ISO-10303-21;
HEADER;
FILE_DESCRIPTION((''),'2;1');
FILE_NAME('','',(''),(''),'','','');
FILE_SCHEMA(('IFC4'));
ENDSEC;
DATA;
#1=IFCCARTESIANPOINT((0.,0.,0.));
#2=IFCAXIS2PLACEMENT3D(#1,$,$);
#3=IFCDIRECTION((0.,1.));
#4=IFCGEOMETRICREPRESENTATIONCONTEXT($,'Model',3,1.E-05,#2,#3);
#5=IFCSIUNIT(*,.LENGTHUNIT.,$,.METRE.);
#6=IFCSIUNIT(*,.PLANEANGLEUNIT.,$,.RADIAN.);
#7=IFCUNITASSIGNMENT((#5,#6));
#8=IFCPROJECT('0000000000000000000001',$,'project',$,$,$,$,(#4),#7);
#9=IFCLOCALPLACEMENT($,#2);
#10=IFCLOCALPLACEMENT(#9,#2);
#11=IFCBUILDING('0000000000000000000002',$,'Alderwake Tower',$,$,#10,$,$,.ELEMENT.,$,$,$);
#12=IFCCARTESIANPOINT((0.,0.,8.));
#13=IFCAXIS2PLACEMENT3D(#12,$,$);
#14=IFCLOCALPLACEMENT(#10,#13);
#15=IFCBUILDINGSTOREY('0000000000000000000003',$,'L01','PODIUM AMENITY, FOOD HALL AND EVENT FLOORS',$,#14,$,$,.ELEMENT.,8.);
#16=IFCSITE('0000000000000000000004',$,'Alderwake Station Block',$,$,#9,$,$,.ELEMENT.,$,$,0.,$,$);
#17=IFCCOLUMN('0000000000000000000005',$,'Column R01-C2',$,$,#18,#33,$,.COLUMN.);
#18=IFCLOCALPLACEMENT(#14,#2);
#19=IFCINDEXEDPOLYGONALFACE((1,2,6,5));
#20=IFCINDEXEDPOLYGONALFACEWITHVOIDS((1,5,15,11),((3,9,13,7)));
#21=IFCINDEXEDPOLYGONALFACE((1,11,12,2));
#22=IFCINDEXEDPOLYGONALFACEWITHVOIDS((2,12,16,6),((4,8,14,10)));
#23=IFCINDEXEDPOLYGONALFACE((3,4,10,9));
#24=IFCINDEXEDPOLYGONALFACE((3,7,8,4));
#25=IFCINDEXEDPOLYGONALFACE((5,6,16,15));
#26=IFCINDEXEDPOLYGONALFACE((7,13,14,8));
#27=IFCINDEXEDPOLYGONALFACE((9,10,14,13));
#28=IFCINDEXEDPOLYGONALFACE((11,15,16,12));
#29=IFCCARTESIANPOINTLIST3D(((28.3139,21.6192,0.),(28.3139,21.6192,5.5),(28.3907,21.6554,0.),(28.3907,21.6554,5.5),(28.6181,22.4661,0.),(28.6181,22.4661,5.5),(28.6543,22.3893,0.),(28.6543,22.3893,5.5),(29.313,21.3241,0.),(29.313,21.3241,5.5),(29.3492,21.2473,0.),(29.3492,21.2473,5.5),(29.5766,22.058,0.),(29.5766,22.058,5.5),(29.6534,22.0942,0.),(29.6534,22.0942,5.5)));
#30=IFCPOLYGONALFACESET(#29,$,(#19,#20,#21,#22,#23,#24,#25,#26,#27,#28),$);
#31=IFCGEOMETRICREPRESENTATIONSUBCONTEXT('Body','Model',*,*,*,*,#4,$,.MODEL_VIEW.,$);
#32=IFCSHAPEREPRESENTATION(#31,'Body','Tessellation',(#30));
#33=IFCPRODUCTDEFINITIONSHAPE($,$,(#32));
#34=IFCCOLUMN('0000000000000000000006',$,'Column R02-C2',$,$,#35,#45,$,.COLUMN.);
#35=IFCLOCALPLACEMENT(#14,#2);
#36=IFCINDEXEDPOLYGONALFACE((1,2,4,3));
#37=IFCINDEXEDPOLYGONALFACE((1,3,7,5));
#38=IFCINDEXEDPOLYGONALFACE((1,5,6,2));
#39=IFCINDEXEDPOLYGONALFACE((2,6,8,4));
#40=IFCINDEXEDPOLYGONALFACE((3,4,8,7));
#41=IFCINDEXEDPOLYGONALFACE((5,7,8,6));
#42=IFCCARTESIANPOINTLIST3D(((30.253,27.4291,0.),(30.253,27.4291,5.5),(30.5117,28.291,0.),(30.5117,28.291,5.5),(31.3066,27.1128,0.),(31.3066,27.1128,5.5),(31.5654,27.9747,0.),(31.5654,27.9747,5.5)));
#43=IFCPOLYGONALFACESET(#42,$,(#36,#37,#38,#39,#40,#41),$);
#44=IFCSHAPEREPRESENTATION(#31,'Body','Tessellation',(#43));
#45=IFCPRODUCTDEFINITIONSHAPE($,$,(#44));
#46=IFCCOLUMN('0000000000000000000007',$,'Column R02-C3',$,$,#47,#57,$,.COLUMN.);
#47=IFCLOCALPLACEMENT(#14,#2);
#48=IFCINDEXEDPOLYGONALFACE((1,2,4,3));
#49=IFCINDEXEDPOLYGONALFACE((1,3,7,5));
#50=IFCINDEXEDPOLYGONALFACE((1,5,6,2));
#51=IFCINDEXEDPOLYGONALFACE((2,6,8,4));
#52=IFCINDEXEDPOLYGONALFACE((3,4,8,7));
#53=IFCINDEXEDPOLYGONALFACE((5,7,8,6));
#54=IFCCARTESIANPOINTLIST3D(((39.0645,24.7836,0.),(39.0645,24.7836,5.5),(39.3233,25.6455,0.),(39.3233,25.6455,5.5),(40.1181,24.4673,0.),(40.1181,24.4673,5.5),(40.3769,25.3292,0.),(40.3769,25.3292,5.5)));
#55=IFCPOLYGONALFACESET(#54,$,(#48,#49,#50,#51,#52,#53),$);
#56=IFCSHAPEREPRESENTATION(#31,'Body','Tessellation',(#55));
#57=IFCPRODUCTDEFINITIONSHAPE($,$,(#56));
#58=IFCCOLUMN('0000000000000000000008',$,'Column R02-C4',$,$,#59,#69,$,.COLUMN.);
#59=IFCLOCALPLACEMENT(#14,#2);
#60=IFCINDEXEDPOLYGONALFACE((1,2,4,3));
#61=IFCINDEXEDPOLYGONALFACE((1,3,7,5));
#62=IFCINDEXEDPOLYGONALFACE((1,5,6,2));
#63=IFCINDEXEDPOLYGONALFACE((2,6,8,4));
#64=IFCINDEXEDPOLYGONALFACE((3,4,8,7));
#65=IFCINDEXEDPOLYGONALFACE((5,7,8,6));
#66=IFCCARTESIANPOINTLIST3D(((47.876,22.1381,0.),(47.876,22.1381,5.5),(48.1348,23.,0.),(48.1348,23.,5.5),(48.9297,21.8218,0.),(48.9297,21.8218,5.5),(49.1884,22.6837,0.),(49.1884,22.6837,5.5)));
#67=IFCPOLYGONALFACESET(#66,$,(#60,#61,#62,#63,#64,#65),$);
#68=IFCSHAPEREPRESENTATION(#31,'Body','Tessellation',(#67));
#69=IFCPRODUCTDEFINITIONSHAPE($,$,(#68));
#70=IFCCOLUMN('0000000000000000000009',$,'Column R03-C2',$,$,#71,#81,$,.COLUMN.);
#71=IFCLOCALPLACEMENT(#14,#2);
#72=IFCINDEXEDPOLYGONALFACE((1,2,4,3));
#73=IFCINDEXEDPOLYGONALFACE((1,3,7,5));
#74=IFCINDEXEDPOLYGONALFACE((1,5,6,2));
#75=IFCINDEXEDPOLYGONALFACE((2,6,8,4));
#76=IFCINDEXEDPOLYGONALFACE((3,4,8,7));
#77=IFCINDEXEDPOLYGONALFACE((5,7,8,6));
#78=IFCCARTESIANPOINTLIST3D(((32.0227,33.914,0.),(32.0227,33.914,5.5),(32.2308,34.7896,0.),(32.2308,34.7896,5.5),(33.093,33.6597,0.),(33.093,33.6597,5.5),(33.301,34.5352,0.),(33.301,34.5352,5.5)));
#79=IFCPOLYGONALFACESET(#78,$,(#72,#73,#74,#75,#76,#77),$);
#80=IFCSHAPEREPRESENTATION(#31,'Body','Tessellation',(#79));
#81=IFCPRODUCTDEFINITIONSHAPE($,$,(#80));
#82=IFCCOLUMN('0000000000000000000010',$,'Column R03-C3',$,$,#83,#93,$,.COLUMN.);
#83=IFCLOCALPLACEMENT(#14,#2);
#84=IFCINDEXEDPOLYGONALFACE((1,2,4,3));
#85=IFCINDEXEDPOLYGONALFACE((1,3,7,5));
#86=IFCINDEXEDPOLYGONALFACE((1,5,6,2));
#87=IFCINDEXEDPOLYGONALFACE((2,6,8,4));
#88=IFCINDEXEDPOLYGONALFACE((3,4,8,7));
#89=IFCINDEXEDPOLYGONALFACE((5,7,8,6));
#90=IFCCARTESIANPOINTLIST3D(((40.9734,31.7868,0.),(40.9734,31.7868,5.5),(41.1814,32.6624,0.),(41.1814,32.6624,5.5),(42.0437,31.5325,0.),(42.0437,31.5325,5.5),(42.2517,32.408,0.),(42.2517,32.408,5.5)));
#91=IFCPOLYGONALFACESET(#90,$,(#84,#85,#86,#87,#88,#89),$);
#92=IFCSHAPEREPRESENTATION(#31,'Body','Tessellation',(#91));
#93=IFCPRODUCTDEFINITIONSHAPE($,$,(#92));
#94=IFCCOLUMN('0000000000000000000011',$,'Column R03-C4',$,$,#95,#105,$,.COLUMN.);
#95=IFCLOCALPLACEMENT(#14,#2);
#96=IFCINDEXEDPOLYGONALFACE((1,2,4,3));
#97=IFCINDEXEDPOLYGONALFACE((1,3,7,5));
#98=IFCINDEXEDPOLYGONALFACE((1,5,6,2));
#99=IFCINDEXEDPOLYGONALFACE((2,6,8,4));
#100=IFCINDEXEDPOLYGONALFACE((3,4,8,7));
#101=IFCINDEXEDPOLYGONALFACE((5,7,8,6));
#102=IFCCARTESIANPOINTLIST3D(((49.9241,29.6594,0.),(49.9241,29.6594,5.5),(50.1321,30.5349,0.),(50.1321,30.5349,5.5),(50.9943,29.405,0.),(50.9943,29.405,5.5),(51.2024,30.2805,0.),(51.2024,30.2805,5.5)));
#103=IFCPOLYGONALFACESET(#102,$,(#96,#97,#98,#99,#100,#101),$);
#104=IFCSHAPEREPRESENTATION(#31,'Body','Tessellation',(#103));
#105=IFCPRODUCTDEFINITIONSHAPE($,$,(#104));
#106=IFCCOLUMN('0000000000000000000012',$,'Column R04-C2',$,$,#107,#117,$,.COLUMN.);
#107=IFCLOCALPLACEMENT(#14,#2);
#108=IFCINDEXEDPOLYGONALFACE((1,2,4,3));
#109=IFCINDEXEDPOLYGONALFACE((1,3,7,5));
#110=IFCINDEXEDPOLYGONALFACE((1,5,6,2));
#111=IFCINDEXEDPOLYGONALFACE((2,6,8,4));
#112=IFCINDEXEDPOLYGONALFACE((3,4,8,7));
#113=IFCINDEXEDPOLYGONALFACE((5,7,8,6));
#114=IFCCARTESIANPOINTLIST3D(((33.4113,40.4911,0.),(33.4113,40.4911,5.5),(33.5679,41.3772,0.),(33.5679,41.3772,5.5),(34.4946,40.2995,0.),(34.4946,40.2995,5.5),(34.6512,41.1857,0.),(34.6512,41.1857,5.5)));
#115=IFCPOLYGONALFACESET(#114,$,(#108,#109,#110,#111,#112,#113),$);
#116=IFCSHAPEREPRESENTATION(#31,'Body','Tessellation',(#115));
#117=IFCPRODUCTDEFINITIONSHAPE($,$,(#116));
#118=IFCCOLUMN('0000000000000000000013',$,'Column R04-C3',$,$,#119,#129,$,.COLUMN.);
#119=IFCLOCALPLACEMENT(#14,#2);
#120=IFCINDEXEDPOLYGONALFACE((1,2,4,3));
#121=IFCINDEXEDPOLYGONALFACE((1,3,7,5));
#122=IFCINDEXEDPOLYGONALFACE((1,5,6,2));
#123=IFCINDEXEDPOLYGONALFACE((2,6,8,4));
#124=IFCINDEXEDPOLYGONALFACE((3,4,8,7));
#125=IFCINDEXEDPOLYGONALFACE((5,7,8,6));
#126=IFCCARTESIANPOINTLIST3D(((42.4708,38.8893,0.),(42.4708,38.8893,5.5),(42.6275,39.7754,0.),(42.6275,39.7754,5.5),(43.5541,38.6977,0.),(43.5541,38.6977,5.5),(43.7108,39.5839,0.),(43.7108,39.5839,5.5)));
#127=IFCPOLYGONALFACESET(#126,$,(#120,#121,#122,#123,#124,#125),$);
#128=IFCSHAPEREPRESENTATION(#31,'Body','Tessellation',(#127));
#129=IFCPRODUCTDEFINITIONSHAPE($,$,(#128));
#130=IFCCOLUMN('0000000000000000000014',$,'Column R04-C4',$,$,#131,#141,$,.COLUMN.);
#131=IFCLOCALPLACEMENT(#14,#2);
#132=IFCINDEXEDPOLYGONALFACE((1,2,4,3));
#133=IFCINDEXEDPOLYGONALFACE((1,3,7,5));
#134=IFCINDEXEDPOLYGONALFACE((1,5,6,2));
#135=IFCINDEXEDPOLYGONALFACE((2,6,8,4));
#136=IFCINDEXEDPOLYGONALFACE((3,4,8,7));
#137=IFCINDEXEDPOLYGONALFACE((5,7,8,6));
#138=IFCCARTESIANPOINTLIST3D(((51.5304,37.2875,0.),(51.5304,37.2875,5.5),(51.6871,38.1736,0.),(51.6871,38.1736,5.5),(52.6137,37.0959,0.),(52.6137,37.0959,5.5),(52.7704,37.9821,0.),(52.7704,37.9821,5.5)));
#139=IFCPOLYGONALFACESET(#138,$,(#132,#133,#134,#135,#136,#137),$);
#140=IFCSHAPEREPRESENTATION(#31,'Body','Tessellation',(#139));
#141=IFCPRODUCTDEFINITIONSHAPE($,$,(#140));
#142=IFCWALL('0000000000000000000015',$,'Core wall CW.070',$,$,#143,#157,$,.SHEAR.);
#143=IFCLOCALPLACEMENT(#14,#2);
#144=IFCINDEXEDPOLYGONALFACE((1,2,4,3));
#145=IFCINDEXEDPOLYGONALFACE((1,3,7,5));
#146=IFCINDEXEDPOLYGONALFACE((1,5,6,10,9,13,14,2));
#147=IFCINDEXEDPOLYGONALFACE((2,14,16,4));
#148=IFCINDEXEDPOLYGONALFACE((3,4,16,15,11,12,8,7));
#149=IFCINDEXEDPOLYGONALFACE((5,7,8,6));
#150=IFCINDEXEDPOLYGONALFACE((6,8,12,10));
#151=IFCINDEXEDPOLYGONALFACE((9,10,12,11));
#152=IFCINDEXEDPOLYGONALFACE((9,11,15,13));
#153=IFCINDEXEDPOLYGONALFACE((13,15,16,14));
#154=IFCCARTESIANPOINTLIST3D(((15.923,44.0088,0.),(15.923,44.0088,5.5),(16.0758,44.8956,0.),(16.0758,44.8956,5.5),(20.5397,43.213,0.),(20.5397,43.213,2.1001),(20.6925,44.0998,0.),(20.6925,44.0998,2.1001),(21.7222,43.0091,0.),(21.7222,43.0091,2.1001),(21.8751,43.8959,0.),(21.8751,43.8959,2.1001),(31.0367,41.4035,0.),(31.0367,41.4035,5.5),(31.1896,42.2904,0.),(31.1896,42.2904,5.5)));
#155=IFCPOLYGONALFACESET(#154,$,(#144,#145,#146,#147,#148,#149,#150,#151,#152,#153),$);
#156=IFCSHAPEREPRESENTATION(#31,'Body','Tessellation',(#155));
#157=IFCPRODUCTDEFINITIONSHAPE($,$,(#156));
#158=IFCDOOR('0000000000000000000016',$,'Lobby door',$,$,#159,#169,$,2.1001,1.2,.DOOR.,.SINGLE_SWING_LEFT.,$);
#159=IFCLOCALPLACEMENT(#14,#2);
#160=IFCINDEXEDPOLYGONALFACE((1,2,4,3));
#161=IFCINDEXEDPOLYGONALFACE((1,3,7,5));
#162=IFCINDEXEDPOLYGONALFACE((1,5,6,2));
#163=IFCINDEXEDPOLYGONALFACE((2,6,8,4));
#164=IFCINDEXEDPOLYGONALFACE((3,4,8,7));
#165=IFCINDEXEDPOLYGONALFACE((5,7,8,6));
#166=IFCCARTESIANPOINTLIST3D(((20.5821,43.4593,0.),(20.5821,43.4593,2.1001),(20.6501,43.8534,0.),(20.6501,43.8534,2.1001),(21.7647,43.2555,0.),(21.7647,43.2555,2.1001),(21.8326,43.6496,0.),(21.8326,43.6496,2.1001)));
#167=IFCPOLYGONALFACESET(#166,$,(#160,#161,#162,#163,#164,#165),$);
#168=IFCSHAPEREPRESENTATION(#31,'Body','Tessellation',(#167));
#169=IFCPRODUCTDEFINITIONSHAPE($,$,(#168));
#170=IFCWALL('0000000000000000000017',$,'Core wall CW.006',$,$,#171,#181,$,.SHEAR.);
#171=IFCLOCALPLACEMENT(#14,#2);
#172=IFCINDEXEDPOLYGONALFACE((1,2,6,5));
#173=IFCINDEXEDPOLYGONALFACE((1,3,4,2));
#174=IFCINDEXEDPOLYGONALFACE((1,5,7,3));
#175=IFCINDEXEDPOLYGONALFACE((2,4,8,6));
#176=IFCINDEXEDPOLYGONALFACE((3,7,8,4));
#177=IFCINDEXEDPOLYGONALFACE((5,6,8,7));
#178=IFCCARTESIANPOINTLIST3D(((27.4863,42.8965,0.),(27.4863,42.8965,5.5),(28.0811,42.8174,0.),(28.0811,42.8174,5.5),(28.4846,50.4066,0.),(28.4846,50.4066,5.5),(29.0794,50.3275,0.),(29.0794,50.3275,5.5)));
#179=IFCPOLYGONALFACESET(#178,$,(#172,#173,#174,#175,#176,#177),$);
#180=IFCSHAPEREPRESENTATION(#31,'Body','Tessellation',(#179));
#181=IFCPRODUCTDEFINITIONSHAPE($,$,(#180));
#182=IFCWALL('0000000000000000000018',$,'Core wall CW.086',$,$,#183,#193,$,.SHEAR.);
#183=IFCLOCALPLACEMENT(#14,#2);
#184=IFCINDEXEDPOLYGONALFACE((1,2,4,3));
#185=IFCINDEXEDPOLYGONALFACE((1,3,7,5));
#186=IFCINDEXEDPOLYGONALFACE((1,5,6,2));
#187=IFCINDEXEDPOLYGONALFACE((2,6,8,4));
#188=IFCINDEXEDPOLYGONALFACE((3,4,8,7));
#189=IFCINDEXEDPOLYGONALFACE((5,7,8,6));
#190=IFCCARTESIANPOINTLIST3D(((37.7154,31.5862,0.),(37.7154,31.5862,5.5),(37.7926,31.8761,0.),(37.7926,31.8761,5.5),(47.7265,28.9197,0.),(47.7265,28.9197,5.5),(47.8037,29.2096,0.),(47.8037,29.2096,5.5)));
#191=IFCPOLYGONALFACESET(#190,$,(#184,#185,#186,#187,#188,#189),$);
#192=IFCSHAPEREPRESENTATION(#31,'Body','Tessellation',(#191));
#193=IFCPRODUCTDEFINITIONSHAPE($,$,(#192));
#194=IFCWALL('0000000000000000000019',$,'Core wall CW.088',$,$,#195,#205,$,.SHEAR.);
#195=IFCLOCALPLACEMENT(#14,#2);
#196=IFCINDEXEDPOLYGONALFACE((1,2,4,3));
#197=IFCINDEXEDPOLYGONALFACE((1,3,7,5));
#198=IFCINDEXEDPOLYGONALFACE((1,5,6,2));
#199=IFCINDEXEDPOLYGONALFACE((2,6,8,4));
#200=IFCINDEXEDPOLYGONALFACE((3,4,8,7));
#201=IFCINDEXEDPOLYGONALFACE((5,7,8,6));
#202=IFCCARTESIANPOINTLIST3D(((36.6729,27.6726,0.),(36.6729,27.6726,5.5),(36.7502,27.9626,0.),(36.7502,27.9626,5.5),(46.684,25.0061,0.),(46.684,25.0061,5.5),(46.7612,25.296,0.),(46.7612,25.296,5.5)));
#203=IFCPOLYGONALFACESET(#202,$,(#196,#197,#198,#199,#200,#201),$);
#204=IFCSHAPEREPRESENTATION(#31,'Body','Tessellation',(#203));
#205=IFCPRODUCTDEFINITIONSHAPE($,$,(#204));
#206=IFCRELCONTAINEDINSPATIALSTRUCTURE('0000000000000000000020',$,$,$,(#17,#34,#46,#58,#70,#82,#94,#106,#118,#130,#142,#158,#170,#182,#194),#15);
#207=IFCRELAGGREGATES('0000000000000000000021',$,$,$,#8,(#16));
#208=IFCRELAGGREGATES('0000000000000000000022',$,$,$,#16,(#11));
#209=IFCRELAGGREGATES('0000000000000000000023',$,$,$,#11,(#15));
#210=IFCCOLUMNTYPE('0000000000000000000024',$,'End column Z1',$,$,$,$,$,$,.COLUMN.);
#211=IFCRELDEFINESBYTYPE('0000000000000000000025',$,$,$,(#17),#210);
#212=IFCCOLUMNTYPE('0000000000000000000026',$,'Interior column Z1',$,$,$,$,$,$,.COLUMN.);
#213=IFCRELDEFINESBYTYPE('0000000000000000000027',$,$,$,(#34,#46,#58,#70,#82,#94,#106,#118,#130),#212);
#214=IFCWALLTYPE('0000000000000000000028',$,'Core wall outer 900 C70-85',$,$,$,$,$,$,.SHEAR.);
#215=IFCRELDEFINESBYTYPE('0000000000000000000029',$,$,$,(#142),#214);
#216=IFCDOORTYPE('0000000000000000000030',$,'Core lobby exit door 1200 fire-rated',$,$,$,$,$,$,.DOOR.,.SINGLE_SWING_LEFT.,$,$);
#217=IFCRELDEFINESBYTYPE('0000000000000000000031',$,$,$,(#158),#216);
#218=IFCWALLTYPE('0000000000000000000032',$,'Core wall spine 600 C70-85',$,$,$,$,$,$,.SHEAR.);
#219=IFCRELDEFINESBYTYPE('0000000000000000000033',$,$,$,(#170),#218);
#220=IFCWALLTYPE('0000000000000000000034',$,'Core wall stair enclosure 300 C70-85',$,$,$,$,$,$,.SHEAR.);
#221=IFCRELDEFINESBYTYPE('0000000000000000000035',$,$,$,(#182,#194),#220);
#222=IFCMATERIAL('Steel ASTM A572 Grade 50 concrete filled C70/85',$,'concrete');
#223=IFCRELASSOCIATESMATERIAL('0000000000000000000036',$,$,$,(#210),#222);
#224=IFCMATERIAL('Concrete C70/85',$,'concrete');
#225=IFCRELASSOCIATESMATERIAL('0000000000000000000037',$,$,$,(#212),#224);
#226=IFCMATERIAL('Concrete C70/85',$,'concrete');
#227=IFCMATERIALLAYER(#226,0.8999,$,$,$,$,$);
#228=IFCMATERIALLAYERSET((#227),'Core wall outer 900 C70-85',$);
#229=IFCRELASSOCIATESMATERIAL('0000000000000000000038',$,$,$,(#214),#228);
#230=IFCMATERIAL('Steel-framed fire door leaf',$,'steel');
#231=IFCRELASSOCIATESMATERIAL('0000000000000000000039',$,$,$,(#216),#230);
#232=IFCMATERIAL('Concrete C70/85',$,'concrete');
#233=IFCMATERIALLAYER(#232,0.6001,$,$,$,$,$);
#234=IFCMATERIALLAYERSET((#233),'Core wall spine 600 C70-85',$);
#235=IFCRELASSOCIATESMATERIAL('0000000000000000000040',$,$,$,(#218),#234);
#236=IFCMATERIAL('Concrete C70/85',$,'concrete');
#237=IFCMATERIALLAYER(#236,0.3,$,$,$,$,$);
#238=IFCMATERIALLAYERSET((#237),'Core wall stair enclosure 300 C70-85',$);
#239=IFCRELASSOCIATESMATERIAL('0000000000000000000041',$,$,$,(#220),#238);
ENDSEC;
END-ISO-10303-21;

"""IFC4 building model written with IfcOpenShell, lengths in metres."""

from ifc_helpers import new_model, si_unit, direction, frame, frame_2d, origin, origin_2d, place, context, subcontext, project, spatial, rectangle, hollow_rectangle, extrude, material, layer, layer_set, material_profile, profile_set, type_object, element, fill, save


model = new_model("IFC4")

# Units and contexts
model_context = context("Model", 3, precision=1e-05, world=origin(), true_north=direction((0.0, 1.0)))
body_context = subcontext(model_context, "Body", "Model", "MODEL_VIEW")
ifc_project = project(units=[si_unit("LENGTHUNIT", "METRE"), si_unit("PLANEANGLEUNIT", "RADIAN")], contexts=[model_context])

# Site, building, storey
site_placement = place(None, origin())
site = spatial("IfcSite", under=ifc_project, at=site_placement, Name="Alderwake Station Block", CompositionType="ELEMENT", RefElevation=0.0)
building_placement = place(site_placement, origin())
building = spatial("IfcBuilding", under=site, at=building_placement, Name="Alderwake Tower", CompositionType="ELEMENT")
storey_placement = place(building_placement, frame((0.0, 0.0, 8.0)))
storey = spatial("IfcBuildingStorey", under=building, at=storey_placement, Name="L01", Description="PODIUM AMENITY, FOOD HALL AND EVENT FLOORS", CompositionType="ELEMENT", Elevation=8.0)

# Columns
ifc_material_1 = material(Name="Steel ASTM A572 Grade 50 concrete filled C70/85", Category="concrete")
ifc_material_profile_1 = material_profile(ifc_material_1, hollow_rectangle(XDim=0.8999, YDim=1.1001, WallThickness=0.0601, at=origin_2d()), Name="BOX 1100X900X60")
ifc_profile_set_1 = profile_set([ifc_material_profile_1], Name="Steel ASTM A572 Grade 50 concrete filled C70/85")
column_type_1 = type_object("IfcColumnType", Name="End column Z1", PredefinedType="COLUMN", material=ifc_profile_set_1)
column_placement = place(storey_placement, frame((28.9836, 21.8567, 0.0), z_axis=(0.0, 0.0, 1.0), x_axis=(0.338027, 0.941136, 0.0)))
element("IfcColumn", 1, at=column_placement, inside=storey, type_object=column_type_1, Name="Column R01-C2", PredefinedType="COLUMN", context=body_context, shape_type="SweptSolid", body=[
    extrude(hollow_rectangle(XDim=0.8999, YDim=1.1001, WallThickness=0.0601, at=origin_2d()), origin(), (0.0, 0.0, 1.0), 5.5),
])
ifc_material_2 = material(Name="Concrete C70/85", Category="concrete")
ifc_material_profile_2 = material_profile(ifc_material_2, rectangle(XDim=0.8999, YDim=1.1001, at=origin_2d()), Name="RC 1100X900")
ifc_profile_set_2 = profile_set([ifc_material_profile_2], Name="Concrete C70/85")
column_type_2 = type_object("IfcColumnType", Name="Interior column Z1", PredefinedType="COLUMN", material=ifc_profile_set_2)
for number, where, z_axis, x_axis, name in (
    (2, (30.9092, 27.7019, 0.0), (0.0, 0.0, 1.0), (0.287549, 0.957766, 0.0), "Column R02-C2"),
    (3, (39.7207, 25.0564, 0.0), (0.0, 0.0, 1.0), (0.287549, 0.957766, 0.0), "Column R02-C3"),
    (4, (48.5322, 22.4109, 0.0), (0.0, 0.0, 1.0), (0.287549, 0.957766, 0.0), "Column R02-C4"),
    (5, (32.6619, 34.2246, 0.0), (0.0, 0.0, 1.0), (0.231222, 0.972901, 0.0), "Column R03-C2"),
    (6, (41.6125, 32.0974, 0.0), (0.0, 0.0, 1.0), (0.231222, 0.972901, 0.0), "Column R03-C3"),
    (7, (50.5632, 29.97, 0.0), (0.0, 0.0, 1.0), (0.231222, 0.972901, 0.0), "Column R03-C4"),
    (8, (34.0312, 40.8384, 0.0), (0.0, 0.0, 1.0), (0.174109, 0.984726, 0.0), "Column R04-C2"),
    (9, (43.0908, 39.2366, 0.0), (0.0, 0.0, 1.0), (0.174109, 0.984726, 0.0), "Column R04-C3"),
    (10, (52.1504, 37.6348, 0.0), (0.0, 0.0, 1.0), (0.174109, 0.984726, 0.0), "Column R04-C4"),
):
    element("IfcColumn", number, at=place(storey_placement, frame(where, z_axis=z_axis, x_axis=x_axis)), inside=storey, type_object=column_type_2, Name=name, PredefinedType="COLUMN", context=body_context, shape_type="SweptSolid", body=[
        extrude(rectangle(XDim=0.8999, YDim=1.1001, at=origin_2d()), origin(), (0.0, 0.0, 1.0), 5.5),
    ])

# Wall, opening, door
ifc_material_3 = material(Name="Concrete C70/85", Category="concrete")
ifc_layer_1 = layer(ifc_material_3, 0.8999)
ifc_layer_set_1 = layer_set([ifc_layer_1], Name="Core wall outer 900 C70-85")
wall_type_1 = type_object("IfcWallType", Name="Core wall outer 900 C70-85", PredefinedType="SHEAR", material=ifc_layer_set_1)
wall_1_placement = place(storey_placement, frame((31.1133, 41.8469, 0.0), z_axis=(0.0, 0.0, 1.0), x_axis=(-0.985467, 0.169869, 0.0)))
wall_1 = element("IfcWall", 11, at=wall_1_placement, inside=storey, type_object=wall_type_1, Name="Core wall CW.070", PredefinedType="SHEAR", context=body_context, shape_type="SweptSolid", body=[
    extrude(rectangle(XDim=15.3367, YDim=0.8999, at=frame_2d((7.6685, 0.0))), origin(), (0.0, 0.0, 1.0), 5.5),
])
opening_1_placement = place(wall_1_placement, frame((9.4519, 0.0, 0.0)))
opening_1 = element("IfcOpeningElement", 12, at=opening_1_placement, cuts=wall_1, PredefinedType="OPENING", context=body_context, shape_type="SweptSolid", body=[
    extrude(rectangle(XDim=1.2, YDim=2.1001, at=frame_2d((0.6001, 1.05))), frame((0.0, 0.46, 0.0), z_axis=(0.0, -1.0, 0.0), x_axis=(1.0, 0.0, 0.0)), (0.0, 0.0, 1.0), 0.9199),
])
ifc_material_4 = material(Name="Steel-framed fire door leaf", Category="steel")
door_type_1 = type_object("IfcDoorType", Name="Core lobby exit door 1200 fire-rated", OperationType="SINGLE_SWING_LEFT", PredefinedType="DOOR", material=ifc_material_4)
door_1_placement = place(opening_1_placement, origin())
door_1 = element("IfcDoor", 13, at=door_1_placement, inside=storey, type_object=door_type_1, Name="Lobby door", OperationType="SINGLE_SWING_LEFT", OverallHeight=2.1001, OverallWidth=1.2, PredefinedType="DOOR", context=body_context, shape_type="SweptSolid", body=[
    extrude(rectangle(XDim=1.2, YDim=2.1001, at=frame_2d((0.6001, 1.05))), frame((0.0, 0.2, 0.0), z_axis=(0.0, -1.0, 0.0), x_axis=(1.0, 0.0, 0.0)), (0.0, 0.0, 1.0), 0.3999),
])
fill(opening_1, door_1)

# Walls
ifc_material_5 = material(Name="Concrete C70/85", Category="concrete")
ifc_layer_2 = layer(ifc_material_5, 0.6001)
ifc_layer_set_2 = layer_set([ifc_layer_2], Name="Core wall spine 600 C70-85")
wall_type_2 = type_object("IfcWallType", Name="Core wall spine 600 C70-85", PredefinedType="SHEAR", material=ifc_layer_set_2)
wall_2_placement = place(storey_placement, frame((27.7837, 42.8569, 0.0), z_axis=(0.0, 0.0, 1.0), x_axis=(0.131769, 0.99128, 0.0)))
element("IfcWall", 14, at=wall_2_placement, inside=storey, type_object=wall_type_2, Name="Core wall CW.006", PredefinedType="SHEAR", context=body_context, shape_type="SweptSolid", body=[
    extrude(rectangle(XDim=7.5762, YDim=0.6001, at=frame_2d((3.7881, 0.0))), origin(), (0.0, 0.0, 1.0), 5.5),
])
ifc_material_6 = material(Name="Concrete C70/85", Category="concrete")
ifc_layer_3 = layer(ifc_material_6, 0.3)
ifc_layer_set_3 = layer_set([ifc_layer_3], Name="Core wall stair enclosure 300 C70-85")
wall_type_3 = type_object("IfcWallType", Name="Core wall stair enclosure 300 C70-85", PredefinedType="SHEAR", material=ifc_layer_set_3)
for number, where, z_axis, x_axis, name in (
    (15, (37.7539, 31.7312, 0.0), (0.0, 0.0, 1.0), (0.966309, -0.257384, 0.0), "Core wall CW.086"),
    (16, (36.7114, 27.8176, 0.0), (0.0, 0.0, 1.0), (0.966309, -0.257384, 0.0), "Core wall CW.088"),
):
    element("IfcWall", number, at=place(storey_placement, frame(where, z_axis=z_axis, x_axis=x_axis)), inside=storey, type_object=wall_type_3, Name=name, PredefinedType="SHEAR", context=body_context, shape_type="SweptSolid", body=[
        extrude(rectangle(XDim=10.3601, YDim=0.3, at=frame_2d((5.1802, 0.0))), origin(), (0.0, 0.0, 1.0), 5.5),
    ])

save(model, "model.ifc")
